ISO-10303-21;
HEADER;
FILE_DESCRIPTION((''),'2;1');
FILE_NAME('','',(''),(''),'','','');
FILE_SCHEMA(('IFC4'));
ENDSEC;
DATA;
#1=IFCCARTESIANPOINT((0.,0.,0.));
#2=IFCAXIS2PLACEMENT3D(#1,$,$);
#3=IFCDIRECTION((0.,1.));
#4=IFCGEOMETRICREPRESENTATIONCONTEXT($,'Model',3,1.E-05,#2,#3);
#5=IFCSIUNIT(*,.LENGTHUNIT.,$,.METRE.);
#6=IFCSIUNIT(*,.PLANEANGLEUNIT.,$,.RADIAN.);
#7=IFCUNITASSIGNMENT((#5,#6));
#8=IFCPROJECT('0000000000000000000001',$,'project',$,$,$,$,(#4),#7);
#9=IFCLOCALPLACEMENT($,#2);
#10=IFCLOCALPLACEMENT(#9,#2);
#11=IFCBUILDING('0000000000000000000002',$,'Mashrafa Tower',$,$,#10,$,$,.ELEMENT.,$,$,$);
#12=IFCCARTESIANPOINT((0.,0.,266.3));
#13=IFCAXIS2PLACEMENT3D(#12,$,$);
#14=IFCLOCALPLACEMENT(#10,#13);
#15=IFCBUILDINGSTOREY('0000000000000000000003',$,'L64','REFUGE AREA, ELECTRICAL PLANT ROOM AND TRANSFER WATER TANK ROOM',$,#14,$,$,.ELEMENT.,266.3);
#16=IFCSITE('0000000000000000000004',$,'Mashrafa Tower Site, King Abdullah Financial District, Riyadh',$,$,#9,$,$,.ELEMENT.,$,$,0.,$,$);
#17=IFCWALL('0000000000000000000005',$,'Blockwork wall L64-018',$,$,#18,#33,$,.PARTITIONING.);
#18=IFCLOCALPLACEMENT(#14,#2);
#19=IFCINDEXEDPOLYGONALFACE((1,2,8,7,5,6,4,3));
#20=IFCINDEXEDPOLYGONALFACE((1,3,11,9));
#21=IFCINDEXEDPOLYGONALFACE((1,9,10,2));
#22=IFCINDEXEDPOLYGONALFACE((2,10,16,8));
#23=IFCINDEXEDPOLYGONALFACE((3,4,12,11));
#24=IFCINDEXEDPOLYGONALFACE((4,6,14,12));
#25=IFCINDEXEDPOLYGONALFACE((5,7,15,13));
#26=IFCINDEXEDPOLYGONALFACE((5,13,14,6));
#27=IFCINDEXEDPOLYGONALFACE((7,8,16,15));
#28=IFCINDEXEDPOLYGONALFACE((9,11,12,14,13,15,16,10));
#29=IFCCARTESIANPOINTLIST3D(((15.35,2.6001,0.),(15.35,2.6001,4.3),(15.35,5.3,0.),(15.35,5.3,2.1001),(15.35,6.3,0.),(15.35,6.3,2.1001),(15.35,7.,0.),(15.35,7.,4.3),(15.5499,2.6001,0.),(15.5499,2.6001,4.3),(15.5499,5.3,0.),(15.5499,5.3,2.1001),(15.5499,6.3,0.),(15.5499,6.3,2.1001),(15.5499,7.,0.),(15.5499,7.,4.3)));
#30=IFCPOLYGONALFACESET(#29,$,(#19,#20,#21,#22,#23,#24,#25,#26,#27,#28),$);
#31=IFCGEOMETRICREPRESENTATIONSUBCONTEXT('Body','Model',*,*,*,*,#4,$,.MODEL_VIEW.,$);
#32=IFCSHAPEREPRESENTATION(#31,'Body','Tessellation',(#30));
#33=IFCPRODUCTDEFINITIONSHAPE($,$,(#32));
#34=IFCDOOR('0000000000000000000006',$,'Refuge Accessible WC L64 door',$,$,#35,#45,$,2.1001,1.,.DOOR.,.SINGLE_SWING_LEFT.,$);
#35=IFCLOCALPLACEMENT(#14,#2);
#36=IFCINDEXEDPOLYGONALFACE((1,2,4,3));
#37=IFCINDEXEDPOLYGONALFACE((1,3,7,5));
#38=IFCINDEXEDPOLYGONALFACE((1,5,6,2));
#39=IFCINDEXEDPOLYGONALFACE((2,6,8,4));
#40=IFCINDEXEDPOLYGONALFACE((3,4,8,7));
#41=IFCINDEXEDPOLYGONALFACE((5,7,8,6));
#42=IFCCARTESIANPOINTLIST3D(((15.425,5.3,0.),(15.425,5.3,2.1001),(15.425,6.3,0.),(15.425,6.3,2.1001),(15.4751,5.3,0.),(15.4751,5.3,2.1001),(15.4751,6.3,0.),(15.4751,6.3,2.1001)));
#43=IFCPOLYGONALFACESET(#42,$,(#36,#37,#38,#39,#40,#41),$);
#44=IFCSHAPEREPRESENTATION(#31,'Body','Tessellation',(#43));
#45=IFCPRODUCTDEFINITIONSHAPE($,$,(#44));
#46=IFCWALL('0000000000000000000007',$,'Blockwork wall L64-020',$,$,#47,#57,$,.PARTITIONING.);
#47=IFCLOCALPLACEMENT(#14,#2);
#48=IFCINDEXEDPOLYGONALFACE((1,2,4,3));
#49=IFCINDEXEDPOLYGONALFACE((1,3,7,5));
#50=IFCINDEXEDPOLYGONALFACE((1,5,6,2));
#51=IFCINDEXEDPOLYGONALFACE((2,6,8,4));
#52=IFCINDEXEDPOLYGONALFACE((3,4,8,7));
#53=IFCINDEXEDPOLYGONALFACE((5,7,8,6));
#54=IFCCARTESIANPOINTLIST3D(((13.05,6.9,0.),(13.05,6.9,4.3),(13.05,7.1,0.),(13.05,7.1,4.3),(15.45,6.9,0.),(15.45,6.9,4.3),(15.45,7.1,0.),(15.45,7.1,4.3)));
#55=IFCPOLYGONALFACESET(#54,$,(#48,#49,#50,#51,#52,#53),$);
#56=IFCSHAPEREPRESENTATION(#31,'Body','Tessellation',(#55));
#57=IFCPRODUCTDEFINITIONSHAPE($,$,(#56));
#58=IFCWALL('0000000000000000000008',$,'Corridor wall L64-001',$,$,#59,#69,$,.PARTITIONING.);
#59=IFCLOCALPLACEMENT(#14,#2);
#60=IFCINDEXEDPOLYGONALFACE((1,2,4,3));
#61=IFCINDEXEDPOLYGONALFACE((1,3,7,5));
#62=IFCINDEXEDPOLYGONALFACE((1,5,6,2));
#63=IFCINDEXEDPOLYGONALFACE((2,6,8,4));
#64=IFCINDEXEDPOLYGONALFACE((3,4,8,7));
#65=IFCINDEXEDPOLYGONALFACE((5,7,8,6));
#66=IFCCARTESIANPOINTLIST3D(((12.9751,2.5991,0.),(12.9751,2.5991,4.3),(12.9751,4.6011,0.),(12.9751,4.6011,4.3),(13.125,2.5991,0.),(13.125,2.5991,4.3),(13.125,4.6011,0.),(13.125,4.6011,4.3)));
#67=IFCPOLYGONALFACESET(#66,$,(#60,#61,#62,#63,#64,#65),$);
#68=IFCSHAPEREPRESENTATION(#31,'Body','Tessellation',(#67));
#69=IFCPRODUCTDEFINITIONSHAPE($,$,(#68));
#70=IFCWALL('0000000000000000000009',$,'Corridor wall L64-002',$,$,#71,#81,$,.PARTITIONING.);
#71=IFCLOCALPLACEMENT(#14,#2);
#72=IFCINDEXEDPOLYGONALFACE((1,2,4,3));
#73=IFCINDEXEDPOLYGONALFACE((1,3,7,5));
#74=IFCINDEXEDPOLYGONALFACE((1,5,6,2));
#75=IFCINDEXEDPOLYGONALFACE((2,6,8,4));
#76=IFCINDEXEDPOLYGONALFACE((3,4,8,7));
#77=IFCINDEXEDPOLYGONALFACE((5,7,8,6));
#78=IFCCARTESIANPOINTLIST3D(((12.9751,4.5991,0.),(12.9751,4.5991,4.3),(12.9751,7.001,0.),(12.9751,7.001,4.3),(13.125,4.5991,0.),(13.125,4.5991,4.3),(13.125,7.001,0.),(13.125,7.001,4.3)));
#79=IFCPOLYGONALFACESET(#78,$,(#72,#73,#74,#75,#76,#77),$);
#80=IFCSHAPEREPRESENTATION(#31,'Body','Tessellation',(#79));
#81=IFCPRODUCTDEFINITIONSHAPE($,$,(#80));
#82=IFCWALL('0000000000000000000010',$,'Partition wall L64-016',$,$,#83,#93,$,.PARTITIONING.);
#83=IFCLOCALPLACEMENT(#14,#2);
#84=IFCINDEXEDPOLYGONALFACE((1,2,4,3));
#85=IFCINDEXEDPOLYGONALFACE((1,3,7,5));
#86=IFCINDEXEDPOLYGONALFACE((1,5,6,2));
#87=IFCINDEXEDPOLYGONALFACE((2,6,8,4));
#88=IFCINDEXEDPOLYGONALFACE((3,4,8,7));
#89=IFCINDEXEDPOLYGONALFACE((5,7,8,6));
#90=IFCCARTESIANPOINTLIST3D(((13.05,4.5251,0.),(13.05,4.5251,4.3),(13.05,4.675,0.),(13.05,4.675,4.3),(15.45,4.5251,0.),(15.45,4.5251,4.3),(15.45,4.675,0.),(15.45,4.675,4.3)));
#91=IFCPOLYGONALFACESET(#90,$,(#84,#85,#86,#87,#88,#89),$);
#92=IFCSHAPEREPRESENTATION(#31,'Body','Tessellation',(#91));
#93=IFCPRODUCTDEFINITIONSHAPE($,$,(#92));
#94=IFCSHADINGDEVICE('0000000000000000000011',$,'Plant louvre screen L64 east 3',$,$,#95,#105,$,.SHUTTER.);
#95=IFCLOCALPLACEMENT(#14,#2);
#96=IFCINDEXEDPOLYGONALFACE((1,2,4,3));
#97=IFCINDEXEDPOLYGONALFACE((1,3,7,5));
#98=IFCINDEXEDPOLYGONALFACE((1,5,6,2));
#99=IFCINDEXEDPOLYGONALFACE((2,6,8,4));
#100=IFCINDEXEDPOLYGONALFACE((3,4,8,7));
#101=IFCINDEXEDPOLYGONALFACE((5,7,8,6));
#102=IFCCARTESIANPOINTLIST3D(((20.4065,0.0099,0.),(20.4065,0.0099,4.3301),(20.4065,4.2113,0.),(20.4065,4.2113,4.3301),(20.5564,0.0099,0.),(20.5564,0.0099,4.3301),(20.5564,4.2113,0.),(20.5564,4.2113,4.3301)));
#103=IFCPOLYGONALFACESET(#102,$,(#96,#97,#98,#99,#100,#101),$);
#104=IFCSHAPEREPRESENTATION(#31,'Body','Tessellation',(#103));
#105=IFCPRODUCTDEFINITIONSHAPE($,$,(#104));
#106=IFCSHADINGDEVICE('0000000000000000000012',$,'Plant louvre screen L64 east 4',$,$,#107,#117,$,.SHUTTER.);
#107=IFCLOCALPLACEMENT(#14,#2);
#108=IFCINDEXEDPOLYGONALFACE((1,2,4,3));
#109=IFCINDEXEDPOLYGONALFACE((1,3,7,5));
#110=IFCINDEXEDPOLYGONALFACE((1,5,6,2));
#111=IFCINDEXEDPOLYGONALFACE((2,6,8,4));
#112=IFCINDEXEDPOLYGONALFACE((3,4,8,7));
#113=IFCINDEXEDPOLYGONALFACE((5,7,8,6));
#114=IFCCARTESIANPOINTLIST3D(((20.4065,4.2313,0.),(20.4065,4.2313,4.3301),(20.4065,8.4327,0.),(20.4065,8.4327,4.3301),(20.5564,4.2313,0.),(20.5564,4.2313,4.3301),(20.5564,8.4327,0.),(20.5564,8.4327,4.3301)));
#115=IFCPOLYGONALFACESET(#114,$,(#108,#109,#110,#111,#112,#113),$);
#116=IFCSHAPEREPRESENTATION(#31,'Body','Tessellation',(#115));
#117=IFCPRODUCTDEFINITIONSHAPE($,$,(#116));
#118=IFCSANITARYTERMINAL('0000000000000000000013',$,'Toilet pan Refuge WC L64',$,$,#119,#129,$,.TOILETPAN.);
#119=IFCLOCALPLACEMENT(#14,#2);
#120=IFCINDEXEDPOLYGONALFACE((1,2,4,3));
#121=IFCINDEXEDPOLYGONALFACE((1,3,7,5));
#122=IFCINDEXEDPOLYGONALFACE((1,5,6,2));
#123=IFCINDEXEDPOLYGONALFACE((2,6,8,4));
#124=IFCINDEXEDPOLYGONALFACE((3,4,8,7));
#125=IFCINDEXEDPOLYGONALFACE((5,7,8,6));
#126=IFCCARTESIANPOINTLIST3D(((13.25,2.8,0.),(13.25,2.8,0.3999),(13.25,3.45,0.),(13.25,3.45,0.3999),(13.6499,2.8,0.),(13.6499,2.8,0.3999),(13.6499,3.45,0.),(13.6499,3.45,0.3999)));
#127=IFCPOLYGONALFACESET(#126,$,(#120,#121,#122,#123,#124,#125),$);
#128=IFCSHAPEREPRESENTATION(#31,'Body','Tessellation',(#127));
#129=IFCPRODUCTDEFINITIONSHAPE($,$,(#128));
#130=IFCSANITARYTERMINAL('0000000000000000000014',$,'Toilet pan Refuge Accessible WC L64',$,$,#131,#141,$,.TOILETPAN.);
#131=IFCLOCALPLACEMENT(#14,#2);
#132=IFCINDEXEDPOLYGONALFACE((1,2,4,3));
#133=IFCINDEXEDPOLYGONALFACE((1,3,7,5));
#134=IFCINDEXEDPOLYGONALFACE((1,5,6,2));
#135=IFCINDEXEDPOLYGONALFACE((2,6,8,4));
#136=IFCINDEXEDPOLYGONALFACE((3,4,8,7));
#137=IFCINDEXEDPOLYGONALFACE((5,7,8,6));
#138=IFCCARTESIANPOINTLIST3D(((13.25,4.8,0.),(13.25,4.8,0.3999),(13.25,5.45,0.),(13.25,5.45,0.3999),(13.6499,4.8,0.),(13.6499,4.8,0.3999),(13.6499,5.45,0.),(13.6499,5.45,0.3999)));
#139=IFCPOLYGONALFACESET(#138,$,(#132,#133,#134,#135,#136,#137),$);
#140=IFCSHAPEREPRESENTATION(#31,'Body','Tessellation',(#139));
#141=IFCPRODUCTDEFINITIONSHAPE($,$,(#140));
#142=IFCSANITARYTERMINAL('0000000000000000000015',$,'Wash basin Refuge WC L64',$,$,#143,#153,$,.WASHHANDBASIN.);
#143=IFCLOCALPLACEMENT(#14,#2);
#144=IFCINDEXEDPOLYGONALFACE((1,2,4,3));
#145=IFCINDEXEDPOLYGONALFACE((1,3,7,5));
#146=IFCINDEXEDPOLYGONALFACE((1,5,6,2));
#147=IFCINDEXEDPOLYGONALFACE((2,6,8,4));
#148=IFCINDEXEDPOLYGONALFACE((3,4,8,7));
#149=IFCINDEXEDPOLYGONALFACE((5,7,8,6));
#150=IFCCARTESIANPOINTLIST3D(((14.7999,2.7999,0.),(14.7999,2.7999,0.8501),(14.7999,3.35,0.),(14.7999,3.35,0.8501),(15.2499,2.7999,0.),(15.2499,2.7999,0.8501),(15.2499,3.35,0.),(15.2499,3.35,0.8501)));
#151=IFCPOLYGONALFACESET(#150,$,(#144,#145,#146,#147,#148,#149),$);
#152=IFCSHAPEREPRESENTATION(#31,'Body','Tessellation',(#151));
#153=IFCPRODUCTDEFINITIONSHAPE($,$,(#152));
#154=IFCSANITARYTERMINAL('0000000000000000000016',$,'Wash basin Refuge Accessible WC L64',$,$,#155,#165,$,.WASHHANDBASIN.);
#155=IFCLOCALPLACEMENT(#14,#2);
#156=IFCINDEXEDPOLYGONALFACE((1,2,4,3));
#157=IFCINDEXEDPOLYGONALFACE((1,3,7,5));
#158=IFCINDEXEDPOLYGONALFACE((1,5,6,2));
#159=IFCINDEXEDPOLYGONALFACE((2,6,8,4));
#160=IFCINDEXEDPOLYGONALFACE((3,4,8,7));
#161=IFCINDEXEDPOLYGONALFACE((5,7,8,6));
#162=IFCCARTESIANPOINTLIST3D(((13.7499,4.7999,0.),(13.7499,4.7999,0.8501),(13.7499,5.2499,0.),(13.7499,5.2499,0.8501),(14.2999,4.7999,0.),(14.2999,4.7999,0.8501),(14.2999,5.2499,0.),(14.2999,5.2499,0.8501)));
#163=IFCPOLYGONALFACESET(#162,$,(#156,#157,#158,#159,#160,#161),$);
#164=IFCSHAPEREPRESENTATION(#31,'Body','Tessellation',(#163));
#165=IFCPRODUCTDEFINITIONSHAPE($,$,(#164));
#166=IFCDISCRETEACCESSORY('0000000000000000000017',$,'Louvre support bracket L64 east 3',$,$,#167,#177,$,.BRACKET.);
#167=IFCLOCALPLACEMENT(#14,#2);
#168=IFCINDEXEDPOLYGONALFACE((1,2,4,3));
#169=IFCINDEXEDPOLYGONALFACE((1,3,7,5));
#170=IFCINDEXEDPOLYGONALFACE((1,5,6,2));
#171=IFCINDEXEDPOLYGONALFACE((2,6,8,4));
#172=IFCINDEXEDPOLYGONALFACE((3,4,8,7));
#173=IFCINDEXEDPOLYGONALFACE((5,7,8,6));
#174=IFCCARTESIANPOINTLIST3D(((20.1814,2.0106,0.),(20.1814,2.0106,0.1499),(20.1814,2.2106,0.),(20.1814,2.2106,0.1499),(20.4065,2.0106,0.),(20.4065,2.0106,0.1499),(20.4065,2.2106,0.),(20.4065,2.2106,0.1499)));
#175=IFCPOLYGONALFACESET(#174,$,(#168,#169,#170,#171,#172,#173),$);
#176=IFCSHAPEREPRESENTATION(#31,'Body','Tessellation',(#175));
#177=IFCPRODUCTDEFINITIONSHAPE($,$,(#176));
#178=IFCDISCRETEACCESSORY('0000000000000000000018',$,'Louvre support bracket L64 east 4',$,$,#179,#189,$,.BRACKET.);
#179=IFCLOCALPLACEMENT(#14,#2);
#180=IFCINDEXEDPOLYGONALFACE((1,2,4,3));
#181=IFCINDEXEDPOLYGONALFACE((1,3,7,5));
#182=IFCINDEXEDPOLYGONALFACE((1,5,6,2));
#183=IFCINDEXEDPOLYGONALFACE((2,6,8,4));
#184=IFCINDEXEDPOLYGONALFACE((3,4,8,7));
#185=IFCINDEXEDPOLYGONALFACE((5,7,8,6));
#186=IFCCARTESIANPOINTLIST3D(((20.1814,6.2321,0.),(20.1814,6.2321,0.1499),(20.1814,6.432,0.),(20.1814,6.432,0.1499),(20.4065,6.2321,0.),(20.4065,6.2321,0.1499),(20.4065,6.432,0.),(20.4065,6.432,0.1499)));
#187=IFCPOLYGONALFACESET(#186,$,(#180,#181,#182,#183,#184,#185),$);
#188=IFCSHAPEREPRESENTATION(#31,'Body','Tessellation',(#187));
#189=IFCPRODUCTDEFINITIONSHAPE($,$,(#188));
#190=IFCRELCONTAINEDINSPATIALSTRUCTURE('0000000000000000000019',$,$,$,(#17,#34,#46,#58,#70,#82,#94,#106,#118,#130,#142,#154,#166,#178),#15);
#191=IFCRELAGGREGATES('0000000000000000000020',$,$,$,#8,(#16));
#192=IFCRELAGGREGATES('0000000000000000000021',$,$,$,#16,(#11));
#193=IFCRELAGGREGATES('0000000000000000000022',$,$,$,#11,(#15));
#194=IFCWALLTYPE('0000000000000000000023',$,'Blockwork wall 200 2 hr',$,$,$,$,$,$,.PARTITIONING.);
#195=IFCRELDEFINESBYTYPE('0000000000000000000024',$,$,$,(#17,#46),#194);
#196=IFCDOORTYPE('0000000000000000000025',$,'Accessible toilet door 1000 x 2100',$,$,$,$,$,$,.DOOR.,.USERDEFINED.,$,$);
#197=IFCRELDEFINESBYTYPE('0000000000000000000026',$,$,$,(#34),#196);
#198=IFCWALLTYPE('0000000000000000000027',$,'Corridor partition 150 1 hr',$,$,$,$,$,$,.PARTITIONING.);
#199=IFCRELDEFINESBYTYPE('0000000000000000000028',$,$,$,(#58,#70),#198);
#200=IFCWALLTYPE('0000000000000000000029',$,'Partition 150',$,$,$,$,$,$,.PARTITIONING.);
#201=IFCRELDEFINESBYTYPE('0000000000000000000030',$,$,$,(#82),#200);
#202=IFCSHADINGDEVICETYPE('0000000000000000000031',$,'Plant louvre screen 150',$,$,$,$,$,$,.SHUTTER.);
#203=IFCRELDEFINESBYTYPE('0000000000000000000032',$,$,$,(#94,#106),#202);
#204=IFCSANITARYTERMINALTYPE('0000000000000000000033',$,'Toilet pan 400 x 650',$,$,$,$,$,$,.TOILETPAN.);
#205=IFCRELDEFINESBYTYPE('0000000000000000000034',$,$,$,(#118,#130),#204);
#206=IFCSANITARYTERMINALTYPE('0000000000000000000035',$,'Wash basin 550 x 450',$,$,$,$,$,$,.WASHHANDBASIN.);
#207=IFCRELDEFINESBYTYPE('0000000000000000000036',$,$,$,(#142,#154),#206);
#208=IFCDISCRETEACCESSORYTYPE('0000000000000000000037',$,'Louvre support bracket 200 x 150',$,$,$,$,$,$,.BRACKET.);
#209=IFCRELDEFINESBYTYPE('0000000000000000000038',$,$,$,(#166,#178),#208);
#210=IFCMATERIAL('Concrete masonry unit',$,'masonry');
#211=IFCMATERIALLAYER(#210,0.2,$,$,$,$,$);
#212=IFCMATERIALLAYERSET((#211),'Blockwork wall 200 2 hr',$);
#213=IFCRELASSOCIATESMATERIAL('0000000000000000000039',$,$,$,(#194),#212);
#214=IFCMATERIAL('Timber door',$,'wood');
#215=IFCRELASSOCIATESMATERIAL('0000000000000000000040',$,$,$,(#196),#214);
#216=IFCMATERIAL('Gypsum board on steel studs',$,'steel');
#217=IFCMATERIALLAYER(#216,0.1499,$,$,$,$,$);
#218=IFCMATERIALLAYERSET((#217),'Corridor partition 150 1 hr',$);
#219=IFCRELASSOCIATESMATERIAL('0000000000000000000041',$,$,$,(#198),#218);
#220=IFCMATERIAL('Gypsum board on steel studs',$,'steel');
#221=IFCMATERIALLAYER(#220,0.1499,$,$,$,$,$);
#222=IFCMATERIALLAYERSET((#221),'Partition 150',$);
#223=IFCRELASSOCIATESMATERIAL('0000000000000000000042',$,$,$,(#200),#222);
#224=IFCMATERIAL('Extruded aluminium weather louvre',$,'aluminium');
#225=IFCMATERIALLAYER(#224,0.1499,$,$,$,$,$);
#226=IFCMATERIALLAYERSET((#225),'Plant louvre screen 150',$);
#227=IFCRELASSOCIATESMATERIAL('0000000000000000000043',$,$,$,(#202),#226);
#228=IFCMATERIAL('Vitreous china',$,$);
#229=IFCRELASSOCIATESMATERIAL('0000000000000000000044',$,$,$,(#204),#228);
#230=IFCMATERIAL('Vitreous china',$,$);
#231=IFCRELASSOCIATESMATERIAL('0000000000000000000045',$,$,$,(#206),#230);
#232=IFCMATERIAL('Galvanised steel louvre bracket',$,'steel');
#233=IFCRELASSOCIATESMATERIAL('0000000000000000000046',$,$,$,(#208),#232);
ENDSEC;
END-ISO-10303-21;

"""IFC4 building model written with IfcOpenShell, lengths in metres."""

from ifc_helpers import new_model, si_unit, direction, frame, frame_2d, origin, origin_2d, place, context, subcontext, project, spatial, rectangle, extrude, source, transform, mapped, material, layer, layer_set, type_object, type_shapes, element, fill, save


model = new_model("IFC4")

# Units and contexts
model_context = context("Model", 3, precision=1e-05, world=origin(), true_north=direction((0.0, 1.0)))
body_context = subcontext(model_context, "Body", "Model", "MODEL_VIEW")
ifc_project = project(units=[si_unit("LENGTHUNIT", "METRE"), si_unit("PLANEANGLEUNIT", "RADIAN")], contexts=[model_context])

# Site, building, storey
site_placement = place(None, origin())
site = spatial("IfcSite", under=ifc_project, at=site_placement, Name="Mashrafa Tower Site, King Abdullah Financial District, Riyadh", CompositionType="ELEMENT", RefElevation=0.0)
building_placement = place(site_placement, origin())
building = spatial("IfcBuilding", under=site, at=building_placement, Name="Mashrafa Tower", CompositionType="ELEMENT")
storey_placement = place(building_placement, frame((0.0, 0.0, 266.3)))
storey = spatial("IfcBuildingStorey", under=building, at=storey_placement, Name="L64", Description="REFUGE AREA, ELECTRICAL PLANT ROOM AND TRANSFER WATER TANK ROOM", CompositionType="ELEMENT", Elevation=266.3)

# Shared definitions
ifc_material_1 = material(Name="Concrete masonry unit", Category="masonry")
ifc_layer_1 = layer(ifc_material_1, 0.2)
ifc_layer_set_1 = layer_set([ifc_layer_1], Name="Blockwork wall 200 2 hr")
wall_type_1 = type_object("IfcWallType", Name="Blockwork wall 200 2 hr", PredefinedType="PARTITIONING", material=ifc_layer_set_1)

# Wall, opening, door
wall_1_placement = place(storey_placement, frame((15.45, 2.6001, 0.0), z_axis=(0.0, 0.0, 1.0), x_axis=(0.0, 1.0, 0.0)))
wall_1 = element("IfcWall", 1, at=wall_1_placement, inside=storey, type_object=wall_type_1, Name="Blockwork wall L64-018", PredefinedType="PARTITIONING", context=body_context, shape_type="SweptSolid", body=[
    extrude(rectangle(XDim=4.3999, YDim=0.2, at=frame_2d((2.2, 0.0))), origin(), (0.0, 0.0, 1.0), 4.3),
])
opening_1_placement = place(wall_1_placement, frame((2.7, 0.0, 0.0)))
opening_1 = element("IfcOpeningElement", 2, at=opening_1_placement, cuts=wall_1, PredefinedType="OPENING", context=body_context, shape_type="SweptSolid", body=[
    extrude(rectangle(XDim=1.0, YDim=2.1001, at=frame_2d((0.5, 1.05))), frame((0.0, 0.1099, 0.0), z_axis=(0.0, -1.0, 0.0), x_axis=(1.0, 0.0, 0.0)), (0.0, 0.0, 1.0), 0.22),
])
ifc_material_2 = material(Name="Timber door", Category="wood")
door_type_1 = type_object("IfcDoorType", Name="Accessible toilet door 1000 x 2100", OperationType="USERDEFINED", PredefinedType="DOOR", material=ifc_material_2)
door_1_placement = place(opening_1_placement, origin())
door_1 = element("IfcDoor", 3, at=door_1_placement, inside=storey, type_object=door_type_1, Name="Refuge Accessible WC L64 door", OperationType="SINGLE_SWING_LEFT", OverallHeight=2.1001, OverallWidth=1.0, PredefinedType="DOOR", context=body_context, shape_type="SweptSolid", body=[
    extrude(rectangle(XDim=1.0, YDim=2.1001, at=frame_2d((0.5, 1.05))), frame((0.0, 0.0249, 0.0), z_axis=(0.0, -1.0, 0.0), x_axis=(1.0, 0.0, 0.0)), (0.0, 0.0, 1.0), 0.05),
])
fill(opening_1, door_1)

# Walls
wall_2_placement = place(storey_placement, frame((15.45, 7.0, 0.0), z_axis=(0.0, 0.0, 1.0), x_axis=(-1.0, 0.0, 0.0)))
element("IfcWall", 4, at=wall_2_placement, inside=storey, type_object=wall_type_1, Name="Blockwork wall L64-020", PredefinedType="PARTITIONING", context=body_context, shape_type="SweptSolid", body=[
    extrude(rectangle(XDim=2.3999, YDim=0.2, at=frame_2d((1.2, 0.0))), origin(), (0.0, 0.0, 1.0), 4.3),
])
ifc_material_3 = material(Name="Gypsum board on steel studs", Category="steel")
ifc_layer_2 = layer(ifc_material_3, 0.1499)
ifc_layer_set_2 = layer_set([ifc_layer_2], Name="Corridor partition 150 1 hr")
wall_type_2 = type_object("IfcWallType", Name="Corridor partition 150 1 hr", PredefinedType="PARTITIONING", material=ifc_layer_set_2)
wall_3_placement = place(storey_placement, frame((13.05, 2.5991, 0.0), z_axis=(0.0, 0.0, 1.0), x_axis=(0.0, 1.0, 0.0)))
element("IfcWall", 5, at=wall_3_placement, inside=storey, type_object=wall_type_2, Name="Corridor wall L64-001", PredefinedType="PARTITIONING", context=body_context, shape_type="SweptSolid", body=[
    extrude(rectangle(XDim=2.002, YDim=0.1499, at=frame_2d((1.001, 0.0))), origin(), (0.0, 0.0, 1.0), 4.3),
])
wall_4_placement = place(storey_placement, frame((13.05, 4.5991, 0.0), z_axis=(0.0, 0.0, 1.0), x_axis=(0.0, 1.0, 0.0)))
element("IfcWall", 6, at=wall_4_placement, inside=storey, type_object=wall_type_2, Name="Corridor wall L64-002", PredefinedType="PARTITIONING", context=body_context, shape_type="SweptSolid", body=[
    extrude(rectangle(XDim=2.4019, YDim=0.1499, at=frame_2d((1.2009, 0.0))), origin(), (0.0, 0.0, 1.0), 4.3),
])
ifc_material_4 = material(Name="Gypsum board on steel studs", Category="steel")
ifc_layer_3 = layer(ifc_material_4, 0.1499)
ifc_layer_set_3 = layer_set([ifc_layer_3], Name="Partition 150")
wall_type_3 = type_object("IfcWallType", Name="Partition 150", PredefinedType="PARTITIONING", material=ifc_layer_set_3)
wall_5_placement = place(storey_placement, frame((15.45, 4.6001, 0.0), z_axis=(0.0, 0.0, 1.0), x_axis=(-1.0, 0.0, 0.0)))
element("IfcWall", 7, at=wall_5_placement, inside=storey, type_object=wall_type_3, Name="Partition wall L64-016", PredefinedType="PARTITIONING", context=body_context, shape_type="SweptSolid", body=[
    extrude(rectangle(XDim=2.3999, YDim=0.1499, at=frame_2d((1.2, 0.0))), origin(), (0.0, 0.0, 1.0), 4.3),
])

# Shading devices
ifc_material_5 = material(Name="Extruded aluminium weather louvre", Category="aluminium")
ifc_layer_4 = layer(ifc_material_5, 0.1499)
ifc_layer_set_4 = layer_set([ifc_layer_4], Name="Plant louvre screen 150")
shading_device_type = type_object("IfcShadingDeviceType", Name="Plant louvre screen 150", PredefinedType="SHUTTER", material=ifc_layer_set_4)
shared_shape_1 = source(origin(), body_context, "Body", "SweptSolid", [
    extrude(rectangle(XDim=4.2014, YDim=0.1499, at=origin_2d()), origin(), (0.0, 0.0, 1.0), 4.3301),
])
type_shapes(shading_device_type, [shared_shape_1])
for number, where, z_axis, x_axis, name in (
    (8, (20.4814, 2.1106, 0.0), (0.0, 0.0, 1.0), (0.0, 1.0, 0.0), "Plant louvre screen L64 east 3"),
    (9, (20.4814, 6.332, 0.0), (0.0, 0.0, 1.0), (0.0, 1.0, 0.0), "Plant louvre screen L64 east 4"),
):
    element("IfcShadingDevice", number, at=place(storey_placement, frame(where, z_axis=z_axis, x_axis=x_axis)), inside=storey, type_object=shading_device_type, Name=name, PredefinedType="SHUTTER", context=body_context, shape_type="MappedRepresentation", body=[
        mapped(shared_shape_1, transform((0.0, 0.0, 0.0))),
    ])

# Sanitary terminals
ifc_material_6 = material(Name="Vitreous china")
sanitary_terminal_type_1 = type_object("IfcSanitaryTerminalType", Name="Toilet pan 400 x 650", PredefinedType="TOILETPAN", material=ifc_material_6)
for number, where, z_axis, x_axis, name in (
    (10, (13.45, 3.125, 0.0), (0.0, 0.0, 1.0), (1.0, 0.0, 0.0), "Toilet pan Refuge WC L64"),
    (11, (13.45, 5.125, 0.0), (0.0, 0.0, 1.0), (1.0, 0.0, 0.0), "Toilet pan Refuge Accessible WC L64"),
):
    element("IfcSanitaryTerminal", number, at=place(storey_placement, frame(where, z_axis=z_axis, x_axis=x_axis)), inside=storey, type_object=sanitary_terminal_type_1, Name=name, PredefinedType="TOILETPAN", context=body_context, shape_type="SweptSolid", body=[
        extrude(rectangle(XDim=0.3999, YDim=0.6499, at=origin_2d()), origin(), (0.0, 0.0, 1.0), 0.3999),
    ])
ifc_material_7 = material(Name="Vitreous china")
sanitary_terminal_type_2 = type_object("IfcSanitaryTerminalType", Name="Wash basin 550 x 450", PredefinedType="WASHHANDBASIN", material=ifc_material_7)
for number, where, z_axis, x_axis, name in (
    (12, (15.0249, 3.075, 0.0), (0.0, 0.0, 1.0), (0.0, 1.0, 0.0), "Wash basin Refuge WC L64"),
    (13, (14.0249, 5.0249, 0.0), (0.0, 0.0, 1.0), (1.0, 0.0, 0.0), "Wash basin Refuge Accessible WC L64"),
):
    element("IfcSanitaryTerminal", number, at=place(storey_placement, frame(where, z_axis=z_axis, x_axis=x_axis)), inside=storey, type_object=sanitary_terminal_type_2, Name=name, PredefinedType="WASHHANDBASIN", context=body_context, shape_type="SweptSolid", body=[
        extrude(rectangle(XDim=0.55, YDim=0.45, at=origin_2d()), origin(), (0.0, 0.0, 1.0), 0.8501),
    ])

# Discrete accessories
ifc_material_8 = material(Name="Galvanised steel louvre bracket", Category="steel")
discrete_accessory_type = type_object("IfcDiscreteAccessoryType", Name="Louvre support bracket 200 x 150", PredefinedType="BRACKET", material=ifc_material_8)
shared_shape_2 = source(origin(), body_context, "Body", "SweptSolid", [
    extrude(rectangle(XDim=0.2, YDim=0.2251, at=origin_2d()), origin(), (0.0, 0.0, 1.0), 0.1499),
])
type_shapes(discrete_accessory_type, [shared_shape_2])
for number, where, z_axis, x_axis, name in (
    (14, (20.2939, 2.1106, 0.0), (0.0, 0.0, 1.0), (0.0, 1.0, 0.0), "Louvre support bracket L64 east 3"),
    (15, (20.2939, 6.332, 0.0), (0.0, 0.0, 1.0), (0.0, 1.0, 0.0), "Louvre support bracket L64 east 4"),
):
    element("IfcDiscreteAccessory", number, at=place(storey_placement, frame(where, z_axis=z_axis, x_axis=x_axis)), inside=storey, type_object=discrete_accessory_type, Name=name, PredefinedType="BRACKET", context=body_context, shape_type="MappedRepresentation", body=[
        mapped(shared_shape_2, transform((0.0, 0.0, 0.0))),
    ])

save(model, "model.ifc")
